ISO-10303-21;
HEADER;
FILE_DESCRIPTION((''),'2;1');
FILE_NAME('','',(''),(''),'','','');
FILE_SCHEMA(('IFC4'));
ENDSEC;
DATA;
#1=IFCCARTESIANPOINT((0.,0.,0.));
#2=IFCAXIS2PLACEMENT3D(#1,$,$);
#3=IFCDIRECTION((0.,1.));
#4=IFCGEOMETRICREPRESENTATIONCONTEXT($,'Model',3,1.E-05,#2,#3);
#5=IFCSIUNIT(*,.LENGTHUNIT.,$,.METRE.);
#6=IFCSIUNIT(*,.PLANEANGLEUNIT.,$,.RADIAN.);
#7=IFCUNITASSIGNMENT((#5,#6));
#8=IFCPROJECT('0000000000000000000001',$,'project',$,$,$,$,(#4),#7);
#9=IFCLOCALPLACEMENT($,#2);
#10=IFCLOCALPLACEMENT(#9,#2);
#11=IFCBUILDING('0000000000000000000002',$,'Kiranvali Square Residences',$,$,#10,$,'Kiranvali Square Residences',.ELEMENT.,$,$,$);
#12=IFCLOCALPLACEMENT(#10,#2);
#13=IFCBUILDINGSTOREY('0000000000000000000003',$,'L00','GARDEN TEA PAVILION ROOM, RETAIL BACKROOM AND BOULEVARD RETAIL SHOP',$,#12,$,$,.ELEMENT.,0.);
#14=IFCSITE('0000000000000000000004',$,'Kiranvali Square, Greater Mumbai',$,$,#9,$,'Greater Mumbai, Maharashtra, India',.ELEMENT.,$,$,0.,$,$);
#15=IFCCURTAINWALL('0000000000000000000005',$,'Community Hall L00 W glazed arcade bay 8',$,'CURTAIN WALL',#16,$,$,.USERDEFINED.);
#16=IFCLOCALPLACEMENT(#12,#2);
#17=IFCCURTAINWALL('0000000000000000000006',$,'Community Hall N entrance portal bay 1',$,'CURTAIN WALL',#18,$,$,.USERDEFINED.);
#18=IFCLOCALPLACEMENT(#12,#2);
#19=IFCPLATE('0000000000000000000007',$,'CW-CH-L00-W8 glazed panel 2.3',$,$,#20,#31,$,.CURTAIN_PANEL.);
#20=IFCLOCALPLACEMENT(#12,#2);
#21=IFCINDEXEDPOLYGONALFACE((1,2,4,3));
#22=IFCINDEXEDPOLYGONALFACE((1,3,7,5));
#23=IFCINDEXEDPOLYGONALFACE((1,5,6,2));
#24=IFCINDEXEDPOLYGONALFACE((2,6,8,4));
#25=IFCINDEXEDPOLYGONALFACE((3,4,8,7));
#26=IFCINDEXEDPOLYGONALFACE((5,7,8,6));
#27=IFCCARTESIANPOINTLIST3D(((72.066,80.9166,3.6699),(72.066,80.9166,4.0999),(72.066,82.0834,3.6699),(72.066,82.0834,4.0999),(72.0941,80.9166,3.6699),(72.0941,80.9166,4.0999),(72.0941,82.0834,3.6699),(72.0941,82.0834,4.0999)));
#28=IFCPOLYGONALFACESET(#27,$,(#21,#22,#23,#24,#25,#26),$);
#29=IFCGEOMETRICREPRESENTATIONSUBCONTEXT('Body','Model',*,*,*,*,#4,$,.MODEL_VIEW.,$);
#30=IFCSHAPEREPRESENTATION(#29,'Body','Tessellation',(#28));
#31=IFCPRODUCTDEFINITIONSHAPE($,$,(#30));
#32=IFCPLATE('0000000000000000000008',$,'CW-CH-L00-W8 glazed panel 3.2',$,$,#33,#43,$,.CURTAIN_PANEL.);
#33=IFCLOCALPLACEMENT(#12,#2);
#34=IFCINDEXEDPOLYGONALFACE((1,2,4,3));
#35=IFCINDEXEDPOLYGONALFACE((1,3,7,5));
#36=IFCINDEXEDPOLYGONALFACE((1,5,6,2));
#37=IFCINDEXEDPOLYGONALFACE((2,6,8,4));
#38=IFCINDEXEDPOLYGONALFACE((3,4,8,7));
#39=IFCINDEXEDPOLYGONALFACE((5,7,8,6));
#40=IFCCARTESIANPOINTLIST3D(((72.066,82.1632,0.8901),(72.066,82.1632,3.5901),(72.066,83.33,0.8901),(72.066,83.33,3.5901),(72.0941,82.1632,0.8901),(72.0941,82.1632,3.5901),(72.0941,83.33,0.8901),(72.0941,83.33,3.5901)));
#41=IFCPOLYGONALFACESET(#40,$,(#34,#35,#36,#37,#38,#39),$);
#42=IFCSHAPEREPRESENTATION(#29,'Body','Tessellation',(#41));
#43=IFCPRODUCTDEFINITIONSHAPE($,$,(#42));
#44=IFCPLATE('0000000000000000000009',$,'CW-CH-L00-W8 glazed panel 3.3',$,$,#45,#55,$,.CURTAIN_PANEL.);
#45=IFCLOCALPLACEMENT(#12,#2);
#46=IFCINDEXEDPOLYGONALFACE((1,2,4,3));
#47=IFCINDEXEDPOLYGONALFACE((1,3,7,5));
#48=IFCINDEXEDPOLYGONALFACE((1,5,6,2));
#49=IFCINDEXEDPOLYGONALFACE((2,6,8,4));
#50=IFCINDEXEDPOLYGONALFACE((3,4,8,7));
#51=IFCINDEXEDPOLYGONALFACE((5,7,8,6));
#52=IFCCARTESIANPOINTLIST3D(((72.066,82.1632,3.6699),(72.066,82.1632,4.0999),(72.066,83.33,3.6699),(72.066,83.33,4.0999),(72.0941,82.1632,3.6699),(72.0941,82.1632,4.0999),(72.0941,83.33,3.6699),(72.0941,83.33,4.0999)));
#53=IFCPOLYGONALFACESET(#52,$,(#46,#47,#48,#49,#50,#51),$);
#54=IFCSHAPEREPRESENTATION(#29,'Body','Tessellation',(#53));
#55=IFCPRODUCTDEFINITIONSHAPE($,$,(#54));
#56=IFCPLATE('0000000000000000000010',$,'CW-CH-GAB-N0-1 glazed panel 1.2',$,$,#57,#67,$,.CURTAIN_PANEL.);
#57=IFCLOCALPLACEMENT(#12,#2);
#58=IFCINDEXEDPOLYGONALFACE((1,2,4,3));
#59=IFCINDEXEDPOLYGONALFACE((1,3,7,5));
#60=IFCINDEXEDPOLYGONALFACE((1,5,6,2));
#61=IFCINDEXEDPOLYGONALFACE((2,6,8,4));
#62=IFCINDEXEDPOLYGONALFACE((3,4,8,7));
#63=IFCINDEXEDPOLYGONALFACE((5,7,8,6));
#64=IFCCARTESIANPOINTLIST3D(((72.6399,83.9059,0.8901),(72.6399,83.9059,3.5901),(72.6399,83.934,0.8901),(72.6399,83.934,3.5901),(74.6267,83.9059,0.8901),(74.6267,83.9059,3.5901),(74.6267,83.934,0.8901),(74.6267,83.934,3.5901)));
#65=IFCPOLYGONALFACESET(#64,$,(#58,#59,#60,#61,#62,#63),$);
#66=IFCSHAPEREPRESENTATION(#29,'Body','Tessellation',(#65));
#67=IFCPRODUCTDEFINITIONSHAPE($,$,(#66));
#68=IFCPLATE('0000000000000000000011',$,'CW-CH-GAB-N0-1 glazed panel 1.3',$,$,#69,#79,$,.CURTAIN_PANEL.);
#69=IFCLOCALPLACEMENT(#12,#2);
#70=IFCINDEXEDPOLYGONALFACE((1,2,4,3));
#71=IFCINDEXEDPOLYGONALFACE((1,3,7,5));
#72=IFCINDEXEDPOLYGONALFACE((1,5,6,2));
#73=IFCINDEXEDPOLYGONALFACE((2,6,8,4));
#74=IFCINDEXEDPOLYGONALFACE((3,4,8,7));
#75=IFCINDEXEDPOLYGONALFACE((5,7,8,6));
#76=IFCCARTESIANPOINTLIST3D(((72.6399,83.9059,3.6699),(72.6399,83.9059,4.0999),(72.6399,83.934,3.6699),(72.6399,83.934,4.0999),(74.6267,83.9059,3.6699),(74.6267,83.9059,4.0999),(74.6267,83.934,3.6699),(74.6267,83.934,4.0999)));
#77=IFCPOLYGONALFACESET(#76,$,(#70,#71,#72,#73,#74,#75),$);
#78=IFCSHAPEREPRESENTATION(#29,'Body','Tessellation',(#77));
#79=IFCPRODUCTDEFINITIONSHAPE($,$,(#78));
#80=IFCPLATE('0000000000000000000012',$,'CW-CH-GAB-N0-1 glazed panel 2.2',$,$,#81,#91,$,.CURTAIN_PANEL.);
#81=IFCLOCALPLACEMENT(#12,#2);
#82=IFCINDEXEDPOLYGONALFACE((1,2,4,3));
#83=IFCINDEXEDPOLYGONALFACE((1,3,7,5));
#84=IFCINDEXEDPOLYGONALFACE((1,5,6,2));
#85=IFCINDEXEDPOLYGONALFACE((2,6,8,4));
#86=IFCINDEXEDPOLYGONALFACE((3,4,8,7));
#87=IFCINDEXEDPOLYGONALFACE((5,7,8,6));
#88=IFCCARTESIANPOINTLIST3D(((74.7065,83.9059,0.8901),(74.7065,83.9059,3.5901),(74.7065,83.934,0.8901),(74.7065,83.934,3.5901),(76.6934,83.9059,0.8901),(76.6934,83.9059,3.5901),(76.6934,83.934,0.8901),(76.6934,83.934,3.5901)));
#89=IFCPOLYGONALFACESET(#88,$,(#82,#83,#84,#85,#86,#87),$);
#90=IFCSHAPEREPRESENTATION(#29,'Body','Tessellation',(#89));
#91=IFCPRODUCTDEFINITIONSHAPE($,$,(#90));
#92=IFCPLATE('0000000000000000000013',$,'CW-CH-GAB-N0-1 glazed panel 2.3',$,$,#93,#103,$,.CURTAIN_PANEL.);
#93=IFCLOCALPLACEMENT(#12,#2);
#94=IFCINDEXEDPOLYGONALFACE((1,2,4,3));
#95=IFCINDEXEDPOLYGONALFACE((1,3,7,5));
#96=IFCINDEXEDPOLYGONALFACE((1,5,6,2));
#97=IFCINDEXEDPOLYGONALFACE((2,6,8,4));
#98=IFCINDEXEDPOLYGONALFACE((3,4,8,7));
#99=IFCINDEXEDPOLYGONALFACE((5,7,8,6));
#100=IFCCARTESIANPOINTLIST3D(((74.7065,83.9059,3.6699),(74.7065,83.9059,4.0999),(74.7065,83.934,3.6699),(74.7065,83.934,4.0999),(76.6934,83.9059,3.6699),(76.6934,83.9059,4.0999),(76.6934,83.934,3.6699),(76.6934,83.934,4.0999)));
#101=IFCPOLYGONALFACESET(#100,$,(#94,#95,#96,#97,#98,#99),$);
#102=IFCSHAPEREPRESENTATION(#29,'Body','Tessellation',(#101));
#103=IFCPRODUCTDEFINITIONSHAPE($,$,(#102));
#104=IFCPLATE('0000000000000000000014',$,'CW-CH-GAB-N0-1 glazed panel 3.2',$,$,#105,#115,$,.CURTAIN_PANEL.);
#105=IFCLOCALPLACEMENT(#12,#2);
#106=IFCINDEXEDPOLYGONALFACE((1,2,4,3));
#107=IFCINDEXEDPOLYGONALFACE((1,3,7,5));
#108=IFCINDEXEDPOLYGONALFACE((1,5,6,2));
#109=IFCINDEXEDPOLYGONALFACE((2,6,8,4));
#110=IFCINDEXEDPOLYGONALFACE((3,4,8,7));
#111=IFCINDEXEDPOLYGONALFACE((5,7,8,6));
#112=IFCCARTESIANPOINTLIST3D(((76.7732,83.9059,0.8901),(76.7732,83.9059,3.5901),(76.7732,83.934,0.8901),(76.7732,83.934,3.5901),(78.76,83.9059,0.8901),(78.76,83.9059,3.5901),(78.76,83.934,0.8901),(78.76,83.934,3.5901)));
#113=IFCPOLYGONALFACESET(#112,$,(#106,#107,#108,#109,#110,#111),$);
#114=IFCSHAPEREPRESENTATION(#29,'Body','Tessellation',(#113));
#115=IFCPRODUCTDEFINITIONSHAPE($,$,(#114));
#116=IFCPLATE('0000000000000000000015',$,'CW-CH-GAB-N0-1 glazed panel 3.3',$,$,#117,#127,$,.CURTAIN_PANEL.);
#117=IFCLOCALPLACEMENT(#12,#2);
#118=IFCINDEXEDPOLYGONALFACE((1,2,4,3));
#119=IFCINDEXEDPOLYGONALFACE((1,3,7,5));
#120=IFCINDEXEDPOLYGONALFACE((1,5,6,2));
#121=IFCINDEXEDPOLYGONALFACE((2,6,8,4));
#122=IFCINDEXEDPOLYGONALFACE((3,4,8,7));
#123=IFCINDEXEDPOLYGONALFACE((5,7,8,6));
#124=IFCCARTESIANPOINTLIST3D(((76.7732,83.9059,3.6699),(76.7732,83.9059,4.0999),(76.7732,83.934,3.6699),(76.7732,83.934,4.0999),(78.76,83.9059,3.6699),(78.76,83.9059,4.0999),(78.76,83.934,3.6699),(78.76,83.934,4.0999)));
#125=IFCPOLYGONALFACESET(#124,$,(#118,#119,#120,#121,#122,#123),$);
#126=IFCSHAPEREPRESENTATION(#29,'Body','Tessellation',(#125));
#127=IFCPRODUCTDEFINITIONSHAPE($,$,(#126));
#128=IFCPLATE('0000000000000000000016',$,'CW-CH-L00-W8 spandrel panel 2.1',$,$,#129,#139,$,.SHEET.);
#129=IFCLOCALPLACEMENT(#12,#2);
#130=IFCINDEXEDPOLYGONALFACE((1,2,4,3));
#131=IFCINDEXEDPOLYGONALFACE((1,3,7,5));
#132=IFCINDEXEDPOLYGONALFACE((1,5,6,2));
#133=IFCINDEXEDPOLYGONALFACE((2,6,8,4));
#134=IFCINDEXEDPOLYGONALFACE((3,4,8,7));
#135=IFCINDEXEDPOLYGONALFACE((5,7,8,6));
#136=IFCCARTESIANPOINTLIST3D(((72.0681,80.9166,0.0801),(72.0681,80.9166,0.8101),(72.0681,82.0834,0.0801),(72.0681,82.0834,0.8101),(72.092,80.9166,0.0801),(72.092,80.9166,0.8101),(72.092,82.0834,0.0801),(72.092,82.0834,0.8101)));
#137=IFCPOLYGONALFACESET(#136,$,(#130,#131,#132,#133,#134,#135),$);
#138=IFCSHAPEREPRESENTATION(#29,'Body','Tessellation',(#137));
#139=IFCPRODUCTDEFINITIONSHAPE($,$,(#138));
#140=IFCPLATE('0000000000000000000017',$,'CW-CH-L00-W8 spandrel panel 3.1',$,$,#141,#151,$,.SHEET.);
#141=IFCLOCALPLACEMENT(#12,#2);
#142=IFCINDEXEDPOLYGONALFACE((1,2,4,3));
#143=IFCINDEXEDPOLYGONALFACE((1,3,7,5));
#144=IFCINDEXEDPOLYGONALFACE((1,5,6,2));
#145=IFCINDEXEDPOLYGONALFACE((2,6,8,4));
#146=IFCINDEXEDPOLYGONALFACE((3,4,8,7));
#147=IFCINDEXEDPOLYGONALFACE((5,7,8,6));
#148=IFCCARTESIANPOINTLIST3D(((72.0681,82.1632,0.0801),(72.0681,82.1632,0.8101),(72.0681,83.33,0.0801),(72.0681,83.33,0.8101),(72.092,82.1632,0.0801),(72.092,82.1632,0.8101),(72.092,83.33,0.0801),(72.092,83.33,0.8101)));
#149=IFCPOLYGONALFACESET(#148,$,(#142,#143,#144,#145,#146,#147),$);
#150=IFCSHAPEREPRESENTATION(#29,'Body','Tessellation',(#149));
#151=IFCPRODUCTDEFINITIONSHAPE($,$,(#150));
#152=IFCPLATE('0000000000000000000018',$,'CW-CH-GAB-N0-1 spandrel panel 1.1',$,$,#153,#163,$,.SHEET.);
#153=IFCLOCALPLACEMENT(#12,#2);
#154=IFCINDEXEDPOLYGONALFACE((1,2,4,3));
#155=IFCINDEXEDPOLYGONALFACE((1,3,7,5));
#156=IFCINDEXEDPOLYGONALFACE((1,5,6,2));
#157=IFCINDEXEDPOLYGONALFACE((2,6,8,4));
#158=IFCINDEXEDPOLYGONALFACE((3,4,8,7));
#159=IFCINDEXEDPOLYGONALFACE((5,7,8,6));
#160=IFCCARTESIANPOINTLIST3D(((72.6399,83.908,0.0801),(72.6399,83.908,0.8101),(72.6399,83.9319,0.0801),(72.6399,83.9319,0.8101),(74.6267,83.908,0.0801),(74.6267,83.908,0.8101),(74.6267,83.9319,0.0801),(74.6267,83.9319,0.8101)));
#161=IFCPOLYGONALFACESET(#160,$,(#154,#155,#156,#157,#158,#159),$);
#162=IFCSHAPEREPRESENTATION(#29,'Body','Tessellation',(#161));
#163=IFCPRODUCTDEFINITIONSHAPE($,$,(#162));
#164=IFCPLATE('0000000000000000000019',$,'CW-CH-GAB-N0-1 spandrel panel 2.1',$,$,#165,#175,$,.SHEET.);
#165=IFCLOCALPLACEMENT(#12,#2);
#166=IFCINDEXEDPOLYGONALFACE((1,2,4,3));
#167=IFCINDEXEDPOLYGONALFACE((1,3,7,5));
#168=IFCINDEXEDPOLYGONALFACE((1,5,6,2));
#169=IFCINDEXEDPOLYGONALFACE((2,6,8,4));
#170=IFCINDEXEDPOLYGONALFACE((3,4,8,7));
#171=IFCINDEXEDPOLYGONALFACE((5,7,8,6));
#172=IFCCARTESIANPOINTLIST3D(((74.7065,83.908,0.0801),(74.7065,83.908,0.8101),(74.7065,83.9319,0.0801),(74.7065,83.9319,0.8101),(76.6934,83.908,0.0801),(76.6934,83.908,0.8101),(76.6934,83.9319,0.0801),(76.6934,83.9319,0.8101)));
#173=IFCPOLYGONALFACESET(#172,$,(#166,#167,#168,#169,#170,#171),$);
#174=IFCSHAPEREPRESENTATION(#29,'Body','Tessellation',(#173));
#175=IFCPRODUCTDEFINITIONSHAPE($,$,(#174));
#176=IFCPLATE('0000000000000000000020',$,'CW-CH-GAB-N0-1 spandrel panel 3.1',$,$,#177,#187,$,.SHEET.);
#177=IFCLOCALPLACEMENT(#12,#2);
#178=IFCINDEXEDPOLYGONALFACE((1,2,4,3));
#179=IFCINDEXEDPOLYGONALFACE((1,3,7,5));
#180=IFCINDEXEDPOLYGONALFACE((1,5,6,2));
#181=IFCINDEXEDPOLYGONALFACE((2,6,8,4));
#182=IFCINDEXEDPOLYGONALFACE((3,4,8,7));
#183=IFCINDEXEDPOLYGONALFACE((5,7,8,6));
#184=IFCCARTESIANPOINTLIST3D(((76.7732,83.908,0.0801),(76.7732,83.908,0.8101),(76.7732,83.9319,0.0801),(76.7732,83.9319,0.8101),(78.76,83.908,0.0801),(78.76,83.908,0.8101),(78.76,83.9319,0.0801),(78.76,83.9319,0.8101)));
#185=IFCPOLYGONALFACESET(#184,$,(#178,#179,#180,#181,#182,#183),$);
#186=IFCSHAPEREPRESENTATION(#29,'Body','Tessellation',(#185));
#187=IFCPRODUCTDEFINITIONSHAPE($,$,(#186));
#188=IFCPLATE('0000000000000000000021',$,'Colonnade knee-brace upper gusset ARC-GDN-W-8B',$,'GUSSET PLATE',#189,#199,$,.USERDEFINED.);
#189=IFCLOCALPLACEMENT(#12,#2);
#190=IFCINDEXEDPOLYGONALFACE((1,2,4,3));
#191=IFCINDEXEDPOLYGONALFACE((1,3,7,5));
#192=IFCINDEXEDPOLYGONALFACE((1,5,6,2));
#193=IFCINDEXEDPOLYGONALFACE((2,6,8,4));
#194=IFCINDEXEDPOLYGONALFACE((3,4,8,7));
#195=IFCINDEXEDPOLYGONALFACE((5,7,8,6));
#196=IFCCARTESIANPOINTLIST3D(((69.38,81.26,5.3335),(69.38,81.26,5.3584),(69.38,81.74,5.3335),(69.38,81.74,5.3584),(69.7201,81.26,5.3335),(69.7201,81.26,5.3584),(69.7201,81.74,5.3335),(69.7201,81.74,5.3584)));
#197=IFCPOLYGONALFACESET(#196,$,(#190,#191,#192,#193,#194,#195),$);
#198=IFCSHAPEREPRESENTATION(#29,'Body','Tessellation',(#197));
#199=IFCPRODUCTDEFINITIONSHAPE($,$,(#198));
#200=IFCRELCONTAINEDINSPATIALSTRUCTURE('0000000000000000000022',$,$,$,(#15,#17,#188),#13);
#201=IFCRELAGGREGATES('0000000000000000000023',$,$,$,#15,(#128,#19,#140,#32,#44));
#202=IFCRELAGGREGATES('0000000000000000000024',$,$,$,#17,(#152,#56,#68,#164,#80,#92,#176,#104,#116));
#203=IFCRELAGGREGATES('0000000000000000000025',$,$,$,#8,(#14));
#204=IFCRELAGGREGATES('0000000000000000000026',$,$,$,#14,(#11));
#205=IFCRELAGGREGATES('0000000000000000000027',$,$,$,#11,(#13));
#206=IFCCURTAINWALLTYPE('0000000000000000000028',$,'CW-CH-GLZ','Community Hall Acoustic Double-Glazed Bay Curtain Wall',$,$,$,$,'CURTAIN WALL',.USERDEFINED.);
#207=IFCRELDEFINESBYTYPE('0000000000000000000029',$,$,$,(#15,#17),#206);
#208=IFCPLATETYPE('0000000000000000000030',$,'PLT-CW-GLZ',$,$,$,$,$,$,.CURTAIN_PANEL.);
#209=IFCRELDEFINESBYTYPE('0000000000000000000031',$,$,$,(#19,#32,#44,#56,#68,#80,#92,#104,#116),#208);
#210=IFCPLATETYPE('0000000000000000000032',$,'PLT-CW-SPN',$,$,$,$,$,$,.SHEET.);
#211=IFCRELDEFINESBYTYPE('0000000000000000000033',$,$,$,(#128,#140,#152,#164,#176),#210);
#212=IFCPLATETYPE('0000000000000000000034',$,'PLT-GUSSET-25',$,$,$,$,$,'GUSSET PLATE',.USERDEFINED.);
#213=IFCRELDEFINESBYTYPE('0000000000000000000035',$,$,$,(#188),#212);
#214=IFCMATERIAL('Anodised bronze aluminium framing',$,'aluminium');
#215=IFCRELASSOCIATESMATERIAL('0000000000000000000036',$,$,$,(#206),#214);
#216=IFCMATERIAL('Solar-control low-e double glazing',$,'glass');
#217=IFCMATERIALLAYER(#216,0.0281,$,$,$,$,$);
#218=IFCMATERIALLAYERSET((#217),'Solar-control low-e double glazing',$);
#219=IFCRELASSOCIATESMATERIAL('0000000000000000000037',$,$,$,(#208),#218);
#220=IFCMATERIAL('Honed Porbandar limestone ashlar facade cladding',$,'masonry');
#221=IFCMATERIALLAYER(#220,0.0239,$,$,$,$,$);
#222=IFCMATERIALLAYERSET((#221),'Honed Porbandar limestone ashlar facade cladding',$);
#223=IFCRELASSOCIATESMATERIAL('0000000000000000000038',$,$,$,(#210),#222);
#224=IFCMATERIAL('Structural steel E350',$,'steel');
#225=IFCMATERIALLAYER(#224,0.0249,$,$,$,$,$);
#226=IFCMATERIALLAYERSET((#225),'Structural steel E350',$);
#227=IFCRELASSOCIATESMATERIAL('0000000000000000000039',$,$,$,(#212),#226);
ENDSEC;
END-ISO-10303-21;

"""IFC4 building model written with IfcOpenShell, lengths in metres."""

from ifc_helpers import new_model, si_unit, direction, frame, origin, origin_2d, place, context, subcontext, project, spatial, rectangle, extrude, material, layer, layer_set, type_object, element, aggregate, save


model = new_model("IFC4")

# Units and contexts
model_context = context("Model", 3, precision=1e-05, world=origin(), true_north=direction((0.0, 1.0)))
body_context = subcontext(model_context, "Body", "Model", "MODEL_VIEW")
ifc_project = project(units=[si_unit("LENGTHUNIT", "METRE"), si_unit("PLANEANGLEUNIT", "RADIAN")], contexts=[model_context])

# Site, building, storey
site_placement = place(None, origin())
site = spatial("IfcSite", under=ifc_project, at=site_placement, Name="Kiranvali Square, Greater Mumbai", LongName="Greater Mumbai, Maharashtra, India", CompositionType="ELEMENT", RefElevation=0.0)
building_placement = place(site_placement, origin())
building = spatial("IfcBuilding", under=site, at=building_placement, Name="Kiranvali Square Residences", LongName="Kiranvali Square Residences", CompositionType="ELEMENT")
storey_placement = place(building_placement, origin())
storey = spatial("IfcBuildingStorey", under=building, at=storey_placement, Name="L00", Description="GARDEN TEA PAVILION ROOM, RETAIL BACKROOM AND BOULEVARD RETAIL SHOP", CompositionType="ELEMENT", Elevation=0.0)

# Curtain walls
ifc_material_1 = material(Name="Anodised bronze aluminium framing", Category="aluminium")
curtain_wall_type = type_object("IfcCurtainWallType", Name="CW-CH-GLZ", Description="Community Hall Acoustic Double-Glazed Bay Curtain Wall", ElementType="CURTAIN WALL", PredefinedType="USERDEFINED", material=ifc_material_1)
curtain_wall_1_placement = place(storey_placement, origin())
curtain_wall_1 = element("IfcCurtainWall", 1, at=curtain_wall_1_placement, inside=storey, type_object=curtain_wall_type, Name="Community Hall L00 W glazed arcade bay 8", ObjectType="CURTAIN WALL", PredefinedType="USERDEFINED")
curtain_wall_2_placement = place(storey_placement, origin())
curtain_wall_2 = element("IfcCurtainWall", 2, at=curtain_wall_2_placement, inside=storey, type_object=curtain_wall_type, Name="Community Hall N entrance portal bay 1", ObjectType="CURTAIN WALL", PredefinedType="USERDEFINED")

# Plates
ifc_material_2 = material(Name="Solar-control low-e double glazing", Category="glass")
ifc_layer_1 = layer(ifc_material_2, 0.0281)
ifc_layer_set_1 = layer_set([ifc_layer_1], Name="Solar-control low-e double glazing")
plate_type_1 = type_object("IfcPlateType", Name="PLT-CW-GLZ", PredefinedType="CURTAIN_PANEL", material=ifc_layer_set_1)
plate_1_placement = place(storey_placement, frame((72.0801, 81.5, 3.6699), z_axis=(0.0, 0.0, 1.0), x_axis=(0.0, 1.0, 0.0)))
plate_1 = element("IfcPlate", 3, at=plate_1_placement, type_object=plate_type_1, Name="CW-CH-L00-W8 glazed panel 2.3", PredefinedType="CURTAIN_PANEL", context=body_context, shape_type="SweptSolid", body=[
    extrude(rectangle(XDim=1.1667, YDim=0.0281, at=origin_2d()), origin(), (0.0, 0.0, 1.0), 0.4299),
])
plate_2_placement = place(storey_placement, frame((72.0801, 82.7466, 0.8901), z_axis=(0.0, 0.0, 1.0), x_axis=(0.0, 1.0, 0.0)))
plate_2 = element("IfcPlate", 4, at=plate_2_placement, type_object=plate_type_1, Name="CW-CH-L00-W8 glazed panel 3.2", PredefinedType="CURTAIN_PANEL", context=body_context, shape_type="SweptSolid", body=[
    extrude(rectangle(XDim=1.1667, YDim=0.0281, at=origin_2d()), origin(), (0.0, 0.0, 1.0), 2.7),
])
plate_3_placement = place(storey_placement, frame((72.0801, 82.7466, 3.6699), z_axis=(0.0, 0.0, 1.0), x_axis=(0.0, 1.0, 0.0)))
plate_3 = element("IfcPlate", 5, at=plate_3_placement, type_object=plate_type_1, Name="CW-CH-L00-W8 glazed panel 3.3", PredefinedType="CURTAIN_PANEL", context=body_context, shape_type="SweptSolid", body=[
    extrude(rectangle(XDim=1.1667, YDim=0.0281, at=origin_2d()), origin(), (0.0, 0.0, 1.0), 0.4299),
])
plate_4_placement = place(storey_placement, frame((73.6333, 83.9199, 0.8901), z_axis=(0.0, 0.0, 1.0), x_axis=(1.0, 0.0, 0.0)))
plate_4 = element("IfcPlate", 6, at=plate_4_placement, type_object=plate_type_1, Name="CW-CH-GAB-N0-1 glazed panel 1.2", PredefinedType="CURTAIN_PANEL", context=body_context, shape_type="SweptSolid", body=[
    extrude(rectangle(XDim=1.9868, YDim=0.0281, at=origin_2d()), origin(), (0.0, 0.0, 1.0), 2.7),
])
plate_5_placement = place(storey_placement, frame((73.6333, 83.9199, 3.6699), z_axis=(0.0, 0.0, 1.0), x_axis=(1.0, 0.0, 0.0)))
plate_5 = element("IfcPlate", 7, at=plate_5_placement, type_object=plate_type_1, Name="CW-CH-GAB-N0-1 glazed panel 1.3", PredefinedType="CURTAIN_PANEL", context=body_context, shape_type="SweptSolid", body=[
    extrude(rectangle(XDim=1.9868, YDim=0.0281, at=origin_2d()), origin(), (0.0, 0.0, 1.0), 0.4299),
])
plate_6_placement = place(storey_placement, frame((75.7, 83.9199, 0.8901), z_axis=(0.0, 0.0, 1.0), x_axis=(1.0, 0.0, 0.0)))
plate_6 = element("IfcPlate", 8, at=plate_6_placement, type_object=plate_type_1, Name="CW-CH-GAB-N0-1 glazed panel 2.2", PredefinedType="CURTAIN_PANEL", context=body_context, shape_type="SweptSolid", body=[
    extrude(rectangle(XDim=1.9868, YDim=0.0281, at=origin_2d()), origin(), (0.0, 0.0, 1.0), 2.7),
])
plate_7_placement = place(storey_placement, frame((75.7, 83.9199, 3.6699), z_axis=(0.0, 0.0, 1.0), x_axis=(1.0, 0.0, 0.0)))
plate_7 = element("IfcPlate", 9, at=plate_7_placement, type_object=plate_type_1, Name="CW-CH-GAB-N0-1 glazed panel 2.3", PredefinedType="CURTAIN_PANEL", context=body_context, shape_type="SweptSolid", body=[
    extrude(rectangle(XDim=1.9868, YDim=0.0281, at=origin_2d()), origin(), (0.0, 0.0, 1.0), 0.4299),
])
plate_8_placement = place(storey_placement, frame((77.7666, 83.9199, 0.8901), z_axis=(0.0, 0.0, 1.0), x_axis=(1.0, 0.0, 0.0)))
plate_8 = element("IfcPlate", 10, at=plate_8_placement, type_object=plate_type_1, Name="CW-CH-GAB-N0-1 glazed panel 3.2", PredefinedType="CURTAIN_PANEL", context=body_context, shape_type="SweptSolid", body=[
    extrude(rectangle(XDim=1.9868, YDim=0.0281, at=origin_2d()), origin(), (0.0, 0.0, 1.0), 2.7),
])
plate_9_placement = place(storey_placement, frame((77.7666, 83.9199, 3.6699), z_axis=(0.0, 0.0, 1.0), x_axis=(1.0, 0.0, 0.0)))
plate_9 = element("IfcPlate", 11, at=plate_9_placement, type_object=plate_type_1, Name="CW-CH-GAB-N0-1 glazed panel 3.3", PredefinedType="CURTAIN_PANEL", context=body_context, shape_type="SweptSolid", body=[
    extrude(rectangle(XDim=1.9868, YDim=0.0281, at=origin_2d()), origin(), (0.0, 0.0, 1.0), 0.4299),
])
ifc_material_3 = material(Name="Honed Porbandar limestone ashlar facade cladding", Category="masonry")
ifc_layer_2 = layer(ifc_material_3, 0.0239)
ifc_layer_set_2 = layer_set([ifc_layer_2], Name="Honed Porbandar limestone ashlar facade cladding")
plate_type_2 = type_object("IfcPlateType", Name="PLT-CW-SPN", PredefinedType="SHEET", material=ifc_layer_set_2)
plate_10_placement = place(storey_placement, frame((72.0801, 81.5, 0.0801), z_axis=(0.0, 0.0, 1.0), x_axis=(0.0, 1.0, 0.0)))
plate_10 = element("IfcPlate", 12, at=plate_10_placement, type_object=plate_type_2, Name="CW-CH-L00-W8 spandrel panel 2.1", PredefinedType="SHEET", context=body_context, shape_type="SweptSolid", body=[
    extrude(rectangle(XDim=1.1667, YDim=0.0239, at=origin_2d()), origin(), (0.0, 0.0, 1.0), 0.73),
])
plate_11_placement = place(storey_placement, frame((72.0801, 82.7466, 0.0801), z_axis=(0.0, 0.0, 1.0), x_axis=(0.0, 1.0, 0.0)))
plate_11 = element("IfcPlate", 13, at=plate_11_placement, type_object=plate_type_2, Name="CW-CH-L00-W8 spandrel panel 3.1", PredefinedType="SHEET", context=body_context, shape_type="SweptSolid", body=[
    extrude(rectangle(XDim=1.1667, YDim=0.0239, at=origin_2d()), origin(), (0.0, 0.0, 1.0), 0.73),
])
aggregate(curtain_wall_1, [plate_10, plate_1, plate_11, plate_2, plate_3])
plate_12_placement = place(storey_placement, frame((73.6333, 83.9199, 0.0801), z_axis=(0.0, 0.0, 1.0), x_axis=(1.0, 0.0, 0.0)))
plate_12 = element("IfcPlate", 14, at=plate_12_placement, type_object=plate_type_2, Name="CW-CH-GAB-N0-1 spandrel panel 1.1", PredefinedType="SHEET", context=body_context, shape_type="SweptSolid", body=[
    extrude(rectangle(XDim=1.9868, YDim=0.0239, at=origin_2d()), origin(), (0.0, 0.0, 1.0), 0.73),
])
plate_13_placement = place(storey_placement, frame((75.7, 83.9199, 0.0801), z_axis=(0.0, 0.0, 1.0), x_axis=(1.0, 0.0, 0.0)))
plate_13 = element("IfcPlate", 15, at=plate_13_placement, type_object=plate_type_2, Name="CW-CH-GAB-N0-1 spandrel panel 2.1", PredefinedType="SHEET", context=body_context, shape_type="SweptSolid", body=[
    extrude(rectangle(XDim=1.9868, YDim=0.0239, at=origin_2d()), origin(), (0.0, 0.0, 1.0), 0.73),
])
plate_14_placement = place(storey_placement, frame((77.7666, 83.9199, 0.0801), z_axis=(0.0, 0.0, 1.0), x_axis=(1.0, 0.0, 0.0)))
plate_14 = element("IfcPlate", 16, at=plate_14_placement, type_object=plate_type_2, Name="CW-CH-GAB-N0-1 spandrel panel 3.1", PredefinedType="SHEET", context=body_context, shape_type="SweptSolid", body=[
    extrude(rectangle(XDim=1.9868, YDim=0.0239, at=origin_2d()), origin(), (0.0, 0.0, 1.0), 0.73),
])
aggregate(curtain_wall_2, [plate_12, plate_4, plate_5, plate_13, plate_6, plate_7, plate_14, plate_8, plate_9])
ifc_material_4 = material(Name="Structural steel E350", Category="steel")
ifc_layer_3 = layer(ifc_material_4, 0.0249)
ifc_layer_set_3 = layer_set([ifc_layer_3], Name="Structural steel E350")
plate_type_3 = type_object("IfcPlateType", Name="PLT-GUSSET-25", ElementType="GUSSET PLATE", PredefinedType="USERDEFINED", material=ifc_layer_set_3)
plate_15_placement = place(storey_placement, frame((69.55, 81.5, 5.3335), z_axis=(0.0, 0.0, 1.0), x_axis=(1.0, 0.0, 0.0)))
element("IfcPlate", 17, at=plate_15_placement, inside=storey, type_object=plate_type_3, Name="Colonnade knee-brace upper gusset ARC-GDN-W-8B", ObjectType="GUSSET PLATE", PredefinedType="USERDEFINED", context=body_context, shape_type="SweptSolid", body=[
    extrude(rectangle(XDim=0.3401, YDim=0.48, at=origin_2d()), origin(), (0.0, 0.0, 1.0), 0.0249),
])

save(model, "model.ifc")
